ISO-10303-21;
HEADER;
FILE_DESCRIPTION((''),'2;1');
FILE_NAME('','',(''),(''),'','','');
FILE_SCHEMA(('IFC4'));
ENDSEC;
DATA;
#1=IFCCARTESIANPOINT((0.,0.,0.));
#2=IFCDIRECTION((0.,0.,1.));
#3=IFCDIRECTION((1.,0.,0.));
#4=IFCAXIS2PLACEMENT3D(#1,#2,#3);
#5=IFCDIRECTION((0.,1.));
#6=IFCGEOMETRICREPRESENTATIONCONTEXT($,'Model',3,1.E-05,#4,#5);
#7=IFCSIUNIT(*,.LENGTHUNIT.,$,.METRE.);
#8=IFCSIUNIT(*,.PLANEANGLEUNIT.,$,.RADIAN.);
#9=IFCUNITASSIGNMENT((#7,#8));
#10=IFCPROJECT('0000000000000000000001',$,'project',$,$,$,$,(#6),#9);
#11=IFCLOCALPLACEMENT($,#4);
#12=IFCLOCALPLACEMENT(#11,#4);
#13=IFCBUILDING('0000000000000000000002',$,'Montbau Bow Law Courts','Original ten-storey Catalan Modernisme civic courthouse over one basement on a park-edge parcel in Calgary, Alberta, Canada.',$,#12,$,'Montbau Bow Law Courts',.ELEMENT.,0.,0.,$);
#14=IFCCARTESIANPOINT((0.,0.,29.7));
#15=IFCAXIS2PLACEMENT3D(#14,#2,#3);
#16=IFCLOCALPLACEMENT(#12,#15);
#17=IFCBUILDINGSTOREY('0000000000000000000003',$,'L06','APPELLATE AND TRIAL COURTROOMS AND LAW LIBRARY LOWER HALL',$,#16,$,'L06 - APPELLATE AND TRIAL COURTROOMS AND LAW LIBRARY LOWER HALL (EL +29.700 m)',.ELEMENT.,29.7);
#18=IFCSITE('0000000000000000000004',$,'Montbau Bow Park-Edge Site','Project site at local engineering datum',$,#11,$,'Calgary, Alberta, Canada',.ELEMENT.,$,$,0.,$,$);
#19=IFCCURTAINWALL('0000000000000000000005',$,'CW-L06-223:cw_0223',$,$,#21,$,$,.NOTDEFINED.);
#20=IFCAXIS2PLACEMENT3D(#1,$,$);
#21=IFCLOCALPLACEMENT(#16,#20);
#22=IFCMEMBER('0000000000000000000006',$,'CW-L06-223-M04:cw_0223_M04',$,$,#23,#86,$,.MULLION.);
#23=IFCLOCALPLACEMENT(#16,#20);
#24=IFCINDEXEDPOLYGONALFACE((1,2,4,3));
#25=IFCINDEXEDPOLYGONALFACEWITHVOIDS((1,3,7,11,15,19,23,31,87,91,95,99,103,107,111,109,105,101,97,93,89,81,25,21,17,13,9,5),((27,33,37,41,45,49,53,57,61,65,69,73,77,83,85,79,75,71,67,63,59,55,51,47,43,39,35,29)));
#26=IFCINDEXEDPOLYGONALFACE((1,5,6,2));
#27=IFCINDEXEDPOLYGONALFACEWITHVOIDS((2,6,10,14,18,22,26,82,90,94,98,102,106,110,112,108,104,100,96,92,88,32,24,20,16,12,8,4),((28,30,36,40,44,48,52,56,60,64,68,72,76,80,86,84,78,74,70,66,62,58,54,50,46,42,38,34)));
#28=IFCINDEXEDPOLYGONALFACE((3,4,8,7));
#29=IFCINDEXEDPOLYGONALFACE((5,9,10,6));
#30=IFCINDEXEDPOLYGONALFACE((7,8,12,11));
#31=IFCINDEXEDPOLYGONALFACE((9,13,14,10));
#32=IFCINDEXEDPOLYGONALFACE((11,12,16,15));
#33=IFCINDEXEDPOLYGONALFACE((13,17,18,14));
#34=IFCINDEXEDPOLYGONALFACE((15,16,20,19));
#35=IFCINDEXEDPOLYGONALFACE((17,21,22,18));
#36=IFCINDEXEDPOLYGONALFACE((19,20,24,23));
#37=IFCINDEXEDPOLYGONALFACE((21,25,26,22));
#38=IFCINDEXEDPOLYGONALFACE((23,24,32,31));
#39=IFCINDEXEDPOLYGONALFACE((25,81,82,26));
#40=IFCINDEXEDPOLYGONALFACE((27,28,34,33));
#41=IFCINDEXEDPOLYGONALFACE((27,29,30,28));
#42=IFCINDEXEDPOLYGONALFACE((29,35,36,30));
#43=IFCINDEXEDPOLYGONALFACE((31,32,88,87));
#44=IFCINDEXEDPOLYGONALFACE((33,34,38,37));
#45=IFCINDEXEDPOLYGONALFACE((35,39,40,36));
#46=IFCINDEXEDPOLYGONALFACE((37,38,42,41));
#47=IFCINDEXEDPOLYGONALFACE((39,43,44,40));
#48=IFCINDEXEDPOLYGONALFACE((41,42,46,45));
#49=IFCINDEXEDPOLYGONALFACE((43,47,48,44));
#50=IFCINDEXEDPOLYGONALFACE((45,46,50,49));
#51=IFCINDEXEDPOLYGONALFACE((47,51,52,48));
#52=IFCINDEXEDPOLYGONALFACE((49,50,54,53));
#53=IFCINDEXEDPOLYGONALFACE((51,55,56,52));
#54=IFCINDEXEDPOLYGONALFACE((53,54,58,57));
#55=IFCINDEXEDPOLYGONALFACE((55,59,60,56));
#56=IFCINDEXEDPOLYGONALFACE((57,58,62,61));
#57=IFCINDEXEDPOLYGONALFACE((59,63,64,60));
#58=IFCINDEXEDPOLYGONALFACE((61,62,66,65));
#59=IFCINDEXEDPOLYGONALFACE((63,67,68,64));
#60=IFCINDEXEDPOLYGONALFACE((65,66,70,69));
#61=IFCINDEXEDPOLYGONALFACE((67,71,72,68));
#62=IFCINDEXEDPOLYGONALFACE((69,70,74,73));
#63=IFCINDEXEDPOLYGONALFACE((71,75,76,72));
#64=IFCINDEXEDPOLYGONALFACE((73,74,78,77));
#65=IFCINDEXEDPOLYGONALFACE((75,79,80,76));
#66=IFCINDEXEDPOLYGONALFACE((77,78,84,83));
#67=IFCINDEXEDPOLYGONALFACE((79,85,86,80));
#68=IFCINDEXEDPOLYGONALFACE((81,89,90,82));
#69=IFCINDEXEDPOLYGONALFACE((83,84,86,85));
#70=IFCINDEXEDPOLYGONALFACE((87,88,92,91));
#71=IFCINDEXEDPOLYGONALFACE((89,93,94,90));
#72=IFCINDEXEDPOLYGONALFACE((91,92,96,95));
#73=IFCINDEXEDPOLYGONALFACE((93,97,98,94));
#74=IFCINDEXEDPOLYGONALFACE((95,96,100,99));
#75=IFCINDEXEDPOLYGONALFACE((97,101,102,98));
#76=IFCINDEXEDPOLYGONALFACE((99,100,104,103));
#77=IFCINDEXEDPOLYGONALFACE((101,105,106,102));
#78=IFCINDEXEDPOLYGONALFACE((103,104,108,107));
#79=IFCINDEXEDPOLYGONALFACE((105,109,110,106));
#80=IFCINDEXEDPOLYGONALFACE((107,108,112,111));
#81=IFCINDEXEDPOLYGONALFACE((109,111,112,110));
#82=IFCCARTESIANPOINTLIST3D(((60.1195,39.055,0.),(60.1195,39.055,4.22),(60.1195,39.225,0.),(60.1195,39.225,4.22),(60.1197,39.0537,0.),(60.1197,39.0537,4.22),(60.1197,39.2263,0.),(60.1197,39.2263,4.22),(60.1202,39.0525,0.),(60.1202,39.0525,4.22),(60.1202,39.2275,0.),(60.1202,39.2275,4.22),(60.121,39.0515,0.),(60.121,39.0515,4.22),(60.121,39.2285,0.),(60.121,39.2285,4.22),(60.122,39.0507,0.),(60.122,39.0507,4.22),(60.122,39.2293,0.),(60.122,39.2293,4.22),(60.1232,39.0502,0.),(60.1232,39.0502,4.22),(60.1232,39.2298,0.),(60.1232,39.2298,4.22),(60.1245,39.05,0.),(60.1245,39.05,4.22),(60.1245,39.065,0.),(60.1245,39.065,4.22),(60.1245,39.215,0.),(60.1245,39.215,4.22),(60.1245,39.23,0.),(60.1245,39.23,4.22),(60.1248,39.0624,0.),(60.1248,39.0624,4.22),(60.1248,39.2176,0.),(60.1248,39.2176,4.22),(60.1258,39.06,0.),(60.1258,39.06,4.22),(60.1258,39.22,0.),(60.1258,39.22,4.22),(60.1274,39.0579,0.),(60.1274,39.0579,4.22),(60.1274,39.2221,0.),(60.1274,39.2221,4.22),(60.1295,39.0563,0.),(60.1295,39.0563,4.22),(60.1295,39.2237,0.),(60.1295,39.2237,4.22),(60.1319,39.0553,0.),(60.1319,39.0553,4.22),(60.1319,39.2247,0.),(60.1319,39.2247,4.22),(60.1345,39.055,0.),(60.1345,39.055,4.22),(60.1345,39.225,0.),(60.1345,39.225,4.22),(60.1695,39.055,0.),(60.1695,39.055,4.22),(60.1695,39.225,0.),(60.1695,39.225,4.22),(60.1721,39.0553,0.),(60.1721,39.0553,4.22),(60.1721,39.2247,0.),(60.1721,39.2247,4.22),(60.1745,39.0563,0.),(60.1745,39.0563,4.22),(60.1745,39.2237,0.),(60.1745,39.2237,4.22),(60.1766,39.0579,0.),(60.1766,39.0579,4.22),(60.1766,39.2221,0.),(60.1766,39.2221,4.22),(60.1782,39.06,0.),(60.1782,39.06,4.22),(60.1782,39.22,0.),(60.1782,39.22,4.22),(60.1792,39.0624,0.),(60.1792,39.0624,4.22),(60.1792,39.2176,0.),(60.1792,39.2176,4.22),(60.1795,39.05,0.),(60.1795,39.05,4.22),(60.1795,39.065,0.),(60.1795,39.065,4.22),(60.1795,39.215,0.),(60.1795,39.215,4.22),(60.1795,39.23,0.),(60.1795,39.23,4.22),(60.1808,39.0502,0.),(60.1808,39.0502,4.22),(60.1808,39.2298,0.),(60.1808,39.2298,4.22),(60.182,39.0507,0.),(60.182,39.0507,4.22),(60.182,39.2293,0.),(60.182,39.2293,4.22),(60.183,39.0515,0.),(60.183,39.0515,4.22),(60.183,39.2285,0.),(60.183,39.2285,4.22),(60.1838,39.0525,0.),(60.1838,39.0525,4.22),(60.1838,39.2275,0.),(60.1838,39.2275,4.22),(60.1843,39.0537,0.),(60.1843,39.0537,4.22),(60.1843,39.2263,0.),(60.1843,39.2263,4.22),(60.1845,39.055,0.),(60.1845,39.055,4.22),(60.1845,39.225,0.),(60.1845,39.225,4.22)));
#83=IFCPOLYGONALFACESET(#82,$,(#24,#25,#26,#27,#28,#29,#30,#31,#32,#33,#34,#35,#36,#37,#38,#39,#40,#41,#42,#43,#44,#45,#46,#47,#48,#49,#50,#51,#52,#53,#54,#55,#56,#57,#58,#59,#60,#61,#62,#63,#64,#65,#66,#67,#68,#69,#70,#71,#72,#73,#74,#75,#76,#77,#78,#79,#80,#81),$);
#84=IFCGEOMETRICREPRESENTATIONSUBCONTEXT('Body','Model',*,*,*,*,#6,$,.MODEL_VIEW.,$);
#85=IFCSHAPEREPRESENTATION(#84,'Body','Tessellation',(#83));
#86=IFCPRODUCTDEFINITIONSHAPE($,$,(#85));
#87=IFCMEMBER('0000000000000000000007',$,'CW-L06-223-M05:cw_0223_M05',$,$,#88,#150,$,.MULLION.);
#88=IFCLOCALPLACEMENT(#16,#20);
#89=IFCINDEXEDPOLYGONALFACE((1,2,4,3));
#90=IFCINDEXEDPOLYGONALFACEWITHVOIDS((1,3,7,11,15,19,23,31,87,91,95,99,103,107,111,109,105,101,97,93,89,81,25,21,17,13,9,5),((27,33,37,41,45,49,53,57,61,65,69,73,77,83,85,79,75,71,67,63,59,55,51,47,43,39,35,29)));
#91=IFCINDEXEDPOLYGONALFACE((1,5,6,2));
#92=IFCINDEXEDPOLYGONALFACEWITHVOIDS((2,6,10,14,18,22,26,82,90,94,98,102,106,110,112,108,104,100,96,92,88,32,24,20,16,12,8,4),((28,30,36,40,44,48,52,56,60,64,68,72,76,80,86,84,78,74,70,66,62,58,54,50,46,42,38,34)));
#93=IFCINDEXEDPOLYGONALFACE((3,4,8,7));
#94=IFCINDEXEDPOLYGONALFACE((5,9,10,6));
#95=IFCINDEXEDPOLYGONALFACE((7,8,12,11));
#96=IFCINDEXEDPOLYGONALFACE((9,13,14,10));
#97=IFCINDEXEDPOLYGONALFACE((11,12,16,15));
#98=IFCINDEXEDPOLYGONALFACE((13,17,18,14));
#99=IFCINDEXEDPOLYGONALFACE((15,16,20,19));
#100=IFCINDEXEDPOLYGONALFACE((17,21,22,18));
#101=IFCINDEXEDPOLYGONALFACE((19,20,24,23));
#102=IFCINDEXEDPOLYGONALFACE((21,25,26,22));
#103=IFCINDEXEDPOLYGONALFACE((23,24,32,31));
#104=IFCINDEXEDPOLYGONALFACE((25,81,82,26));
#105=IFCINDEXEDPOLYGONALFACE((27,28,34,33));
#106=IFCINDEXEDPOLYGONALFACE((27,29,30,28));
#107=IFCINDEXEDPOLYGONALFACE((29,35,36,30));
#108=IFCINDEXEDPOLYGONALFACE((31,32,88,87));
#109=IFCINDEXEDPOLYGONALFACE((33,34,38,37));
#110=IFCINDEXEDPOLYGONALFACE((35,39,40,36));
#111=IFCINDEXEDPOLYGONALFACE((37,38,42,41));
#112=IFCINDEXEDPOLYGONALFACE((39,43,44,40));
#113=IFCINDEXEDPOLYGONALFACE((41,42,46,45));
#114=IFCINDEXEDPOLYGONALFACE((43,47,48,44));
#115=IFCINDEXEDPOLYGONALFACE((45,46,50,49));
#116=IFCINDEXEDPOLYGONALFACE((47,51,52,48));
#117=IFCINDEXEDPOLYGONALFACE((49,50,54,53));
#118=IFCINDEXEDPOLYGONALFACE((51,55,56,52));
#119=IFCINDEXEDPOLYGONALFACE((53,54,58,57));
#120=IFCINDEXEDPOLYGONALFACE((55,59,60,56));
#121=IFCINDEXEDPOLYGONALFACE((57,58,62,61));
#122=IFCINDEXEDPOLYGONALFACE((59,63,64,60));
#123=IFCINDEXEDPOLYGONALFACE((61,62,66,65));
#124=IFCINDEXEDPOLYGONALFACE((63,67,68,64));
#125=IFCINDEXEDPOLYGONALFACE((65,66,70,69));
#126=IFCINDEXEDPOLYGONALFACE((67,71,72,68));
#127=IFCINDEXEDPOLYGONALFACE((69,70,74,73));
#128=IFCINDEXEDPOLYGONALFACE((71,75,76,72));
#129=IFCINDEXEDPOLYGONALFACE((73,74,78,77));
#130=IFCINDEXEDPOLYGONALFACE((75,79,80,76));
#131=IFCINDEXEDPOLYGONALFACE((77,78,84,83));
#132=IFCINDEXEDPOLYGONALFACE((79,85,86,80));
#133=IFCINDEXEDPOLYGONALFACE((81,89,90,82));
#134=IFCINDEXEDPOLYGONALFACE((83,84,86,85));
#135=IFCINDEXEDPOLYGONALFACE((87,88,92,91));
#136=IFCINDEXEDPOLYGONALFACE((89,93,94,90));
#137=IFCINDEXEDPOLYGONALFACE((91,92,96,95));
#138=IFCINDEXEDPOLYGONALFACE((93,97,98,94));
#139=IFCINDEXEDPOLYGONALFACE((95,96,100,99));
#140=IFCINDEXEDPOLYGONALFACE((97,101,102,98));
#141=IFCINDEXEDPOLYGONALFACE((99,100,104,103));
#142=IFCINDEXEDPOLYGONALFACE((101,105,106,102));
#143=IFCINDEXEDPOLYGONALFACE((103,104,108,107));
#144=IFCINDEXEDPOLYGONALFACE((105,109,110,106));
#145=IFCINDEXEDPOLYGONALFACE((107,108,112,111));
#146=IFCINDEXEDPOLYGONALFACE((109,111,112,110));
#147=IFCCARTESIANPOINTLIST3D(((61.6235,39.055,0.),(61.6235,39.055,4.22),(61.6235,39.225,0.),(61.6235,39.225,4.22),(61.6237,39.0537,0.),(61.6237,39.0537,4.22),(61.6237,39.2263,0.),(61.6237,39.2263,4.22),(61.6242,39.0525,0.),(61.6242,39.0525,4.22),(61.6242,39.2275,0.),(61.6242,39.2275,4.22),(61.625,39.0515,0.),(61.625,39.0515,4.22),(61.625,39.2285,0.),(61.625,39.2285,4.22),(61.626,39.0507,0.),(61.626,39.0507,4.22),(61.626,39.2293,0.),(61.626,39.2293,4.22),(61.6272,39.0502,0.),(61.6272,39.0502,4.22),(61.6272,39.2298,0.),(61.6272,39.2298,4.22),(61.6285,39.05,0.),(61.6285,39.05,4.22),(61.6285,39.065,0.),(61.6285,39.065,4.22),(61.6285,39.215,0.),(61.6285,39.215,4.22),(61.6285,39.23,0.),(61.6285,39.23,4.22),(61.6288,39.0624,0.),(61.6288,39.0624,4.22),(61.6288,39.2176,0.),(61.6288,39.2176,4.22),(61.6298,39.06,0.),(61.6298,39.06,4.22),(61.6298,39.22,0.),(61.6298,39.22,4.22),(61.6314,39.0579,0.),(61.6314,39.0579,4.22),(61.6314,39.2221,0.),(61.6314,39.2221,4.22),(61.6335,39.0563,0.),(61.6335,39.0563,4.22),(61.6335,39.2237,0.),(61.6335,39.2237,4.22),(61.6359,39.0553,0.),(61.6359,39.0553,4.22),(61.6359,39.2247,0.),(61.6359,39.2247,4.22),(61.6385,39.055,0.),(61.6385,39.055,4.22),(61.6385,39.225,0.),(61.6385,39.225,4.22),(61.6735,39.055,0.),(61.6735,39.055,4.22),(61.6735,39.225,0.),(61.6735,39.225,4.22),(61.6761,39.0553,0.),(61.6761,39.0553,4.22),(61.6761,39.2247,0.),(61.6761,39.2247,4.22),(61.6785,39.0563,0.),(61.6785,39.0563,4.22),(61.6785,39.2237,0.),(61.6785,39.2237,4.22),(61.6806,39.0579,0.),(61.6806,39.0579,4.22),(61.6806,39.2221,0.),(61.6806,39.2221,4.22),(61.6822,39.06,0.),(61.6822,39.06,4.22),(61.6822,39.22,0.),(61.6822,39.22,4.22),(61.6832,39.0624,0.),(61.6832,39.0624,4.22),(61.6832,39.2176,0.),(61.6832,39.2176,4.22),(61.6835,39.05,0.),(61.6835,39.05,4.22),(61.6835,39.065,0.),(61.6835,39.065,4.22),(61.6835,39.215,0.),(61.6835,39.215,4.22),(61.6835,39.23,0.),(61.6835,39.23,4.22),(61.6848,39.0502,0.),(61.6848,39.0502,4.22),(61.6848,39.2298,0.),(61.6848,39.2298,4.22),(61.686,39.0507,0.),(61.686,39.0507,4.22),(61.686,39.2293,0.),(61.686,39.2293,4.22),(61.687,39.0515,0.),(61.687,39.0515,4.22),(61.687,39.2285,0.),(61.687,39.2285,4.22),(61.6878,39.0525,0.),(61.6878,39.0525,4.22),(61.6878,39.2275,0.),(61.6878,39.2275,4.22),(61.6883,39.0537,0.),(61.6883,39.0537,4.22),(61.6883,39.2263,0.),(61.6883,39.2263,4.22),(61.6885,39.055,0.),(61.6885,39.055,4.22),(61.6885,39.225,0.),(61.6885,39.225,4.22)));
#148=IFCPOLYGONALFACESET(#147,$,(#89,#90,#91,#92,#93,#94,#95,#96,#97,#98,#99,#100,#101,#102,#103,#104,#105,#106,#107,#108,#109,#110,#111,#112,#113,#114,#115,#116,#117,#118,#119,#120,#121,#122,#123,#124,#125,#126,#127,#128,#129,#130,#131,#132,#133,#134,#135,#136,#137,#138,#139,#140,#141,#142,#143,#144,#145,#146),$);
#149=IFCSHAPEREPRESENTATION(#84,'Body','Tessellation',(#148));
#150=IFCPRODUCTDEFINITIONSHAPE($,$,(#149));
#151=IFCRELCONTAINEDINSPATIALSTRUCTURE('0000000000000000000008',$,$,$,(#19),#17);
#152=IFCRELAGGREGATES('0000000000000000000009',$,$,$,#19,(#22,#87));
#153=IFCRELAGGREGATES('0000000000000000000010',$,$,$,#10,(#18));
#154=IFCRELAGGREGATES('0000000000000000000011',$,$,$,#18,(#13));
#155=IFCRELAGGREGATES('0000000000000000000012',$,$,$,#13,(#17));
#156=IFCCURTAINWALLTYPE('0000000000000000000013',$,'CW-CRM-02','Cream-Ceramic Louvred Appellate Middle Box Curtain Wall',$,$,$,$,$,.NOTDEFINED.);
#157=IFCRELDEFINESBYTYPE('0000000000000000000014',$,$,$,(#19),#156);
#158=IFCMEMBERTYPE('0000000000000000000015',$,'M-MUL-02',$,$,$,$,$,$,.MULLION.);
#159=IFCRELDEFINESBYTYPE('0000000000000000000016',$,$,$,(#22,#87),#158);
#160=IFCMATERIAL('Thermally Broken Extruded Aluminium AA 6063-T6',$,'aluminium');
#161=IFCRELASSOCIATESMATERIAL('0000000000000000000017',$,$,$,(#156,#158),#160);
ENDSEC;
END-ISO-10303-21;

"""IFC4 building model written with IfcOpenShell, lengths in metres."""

from ifc_helpers import new_model, si_unit, direction, frame, origin_with_axes, origin_2d_with_axis, place, context, subcontext, project, spatial, hollow_rectangle, extrude, material, material_profile, profile_set, type_object, element, aggregate, save


model = new_model("IFC4")

# Units and contexts
model_context = context("Model", 3, precision=1e-05, world=origin_with_axes(), true_north=direction((0.0, 1.0)))
body_context = subcontext(model_context, "Body", "Model", "MODEL_VIEW")
ifc_project = project(units=[si_unit("LENGTHUNIT", "METRE"), si_unit("PLANEANGLEUNIT", "RADIAN")], contexts=[model_context])

# Site, building, storey
site_placement = place(None, origin_with_axes())
site = spatial("IfcSite", under=ifc_project, at=site_placement, Name="Montbau Bow Park-Edge Site", Description="Project site at local engineering datum", LongName="Calgary, Alberta, Canada", CompositionType="ELEMENT", RefElevation=0.0)
building_placement = place(site_placement, origin_with_axes())
building = spatial("IfcBuilding", under=site, at=building_placement, Name="Montbau Bow Law Courts", Description="Original ten-storey Catalan Modernisme civic courthouse over one basement on a park-edge parcel in Calgary, Alberta, Canada.", LongName="Montbau Bow Law Courts", CompositionType="ELEMENT", ElevationOfRefHeight=0.0, ElevationOfTerrain=0.0)
storey_placement = place(building_placement, frame((0.0, 0.0, 29.7), z_axis=(0.0, 0.0, 1.0), x_axis=(1.0, 0.0, 0.0)))
storey = spatial("IfcBuildingStorey", under=building, at=storey_placement, Name="L06", Description="APPELLATE AND TRIAL COURTROOMS AND LAW LIBRARY LOWER HALL", LongName="L06 - APPELLATE AND TRIAL COURTROOMS AND LAW LIBRARY LOWER HALL (EL +29.700 m)", CompositionType="ELEMENT", Elevation=29.7)

# Curtain wall, members
ifc_material_1 = material(Name="Thermally Broken Extruded Aluminium AA 6063-T6", Category="aluminium")
curtain_wall_type = type_object("IfcCurtainWallType", Name="CW-CRM-02", Description="Cream-Ceramic Louvred Appellate Middle Box Curtain Wall", PredefinedType="NOTDEFINED", material=ifc_material_1)
curtain_wall_placement = place(None, frame((55.64, 39.14, 29.7), z_axis=(0.0, 0.0, 1.0), x_axis=(1.0, 0.0, 0.0)))
curtain_wall = element("IfcCurtainWall", 1, at=curtain_wall_placement, inside=storey, type_object=curtain_wall_type, Name="CW-L06-223:cw_0223", PredefinedType="NOTDEFINED")
ifc_material_profile_1 = material_profile(ifc_material_1, hollow_rectangle(XDim=0.065, YDim=0.18, WallThickness=0.005, InnerFilletRadius=0.01, OuterFilletRadius=0.005, at=origin_2d_with_axis()), Name="CWM-180X65", Category="Main", Priority=0)
ifc_profile_set_1 = profile_set([ifc_material_profile_1], Name="Thermally Broken Extruded Aluminium AA 6063-T6")
member_type_1 = type_object("IfcMemberType", Name="M-MUL-02", PredefinedType="MULLION", material=ifc_profile_set_1)
member_1_placement = place(None, frame((60.152, 39.14, 29.7), z_axis=(0.0, 0.0, 1.0), x_axis=(1.0, 0.0, 0.0)))
member_1 = element("IfcMember", 2, at=member_1_placement, type_object=member_type_1, Name="CW-L06-223-M04:cw_0223_M04", PredefinedType="MULLION", context=body_context, shape_type="SweptSolid", body=[
    extrude(hollow_rectangle(XDim=0.065, YDim=0.18, WallThickness=0.005, InnerFilletRadius=0.01, OuterFilletRadius=0.005, at=origin_2d_with_axis()), origin_with_axes(), (0.0, 0.0, 1.0), 4.22),
])
member_2_placement = place(None, frame((61.656, 39.14, 29.7), z_axis=(0.0, 0.0, 1.0), x_axis=(1.0, 0.0, 0.0)))
member_2 = element("IfcMember", 3, at=member_2_placement, type_object=member_type_1, Name="CW-L06-223-M05:cw_0223_M05", PredefinedType="MULLION", context=body_context, shape_type="SweptSolid", body=[
    extrude(hollow_rectangle(XDim=0.065, YDim=0.18, WallThickness=0.005, InnerFilletRadius=0.01, OuterFilletRadius=0.005, at=origin_2d_with_axis()), origin_with_axes(), (0.0, 0.0, 1.0), 4.22),
])
aggregate(curtain_wall, [member_1, member_2])

save(model, "model.ifc")
